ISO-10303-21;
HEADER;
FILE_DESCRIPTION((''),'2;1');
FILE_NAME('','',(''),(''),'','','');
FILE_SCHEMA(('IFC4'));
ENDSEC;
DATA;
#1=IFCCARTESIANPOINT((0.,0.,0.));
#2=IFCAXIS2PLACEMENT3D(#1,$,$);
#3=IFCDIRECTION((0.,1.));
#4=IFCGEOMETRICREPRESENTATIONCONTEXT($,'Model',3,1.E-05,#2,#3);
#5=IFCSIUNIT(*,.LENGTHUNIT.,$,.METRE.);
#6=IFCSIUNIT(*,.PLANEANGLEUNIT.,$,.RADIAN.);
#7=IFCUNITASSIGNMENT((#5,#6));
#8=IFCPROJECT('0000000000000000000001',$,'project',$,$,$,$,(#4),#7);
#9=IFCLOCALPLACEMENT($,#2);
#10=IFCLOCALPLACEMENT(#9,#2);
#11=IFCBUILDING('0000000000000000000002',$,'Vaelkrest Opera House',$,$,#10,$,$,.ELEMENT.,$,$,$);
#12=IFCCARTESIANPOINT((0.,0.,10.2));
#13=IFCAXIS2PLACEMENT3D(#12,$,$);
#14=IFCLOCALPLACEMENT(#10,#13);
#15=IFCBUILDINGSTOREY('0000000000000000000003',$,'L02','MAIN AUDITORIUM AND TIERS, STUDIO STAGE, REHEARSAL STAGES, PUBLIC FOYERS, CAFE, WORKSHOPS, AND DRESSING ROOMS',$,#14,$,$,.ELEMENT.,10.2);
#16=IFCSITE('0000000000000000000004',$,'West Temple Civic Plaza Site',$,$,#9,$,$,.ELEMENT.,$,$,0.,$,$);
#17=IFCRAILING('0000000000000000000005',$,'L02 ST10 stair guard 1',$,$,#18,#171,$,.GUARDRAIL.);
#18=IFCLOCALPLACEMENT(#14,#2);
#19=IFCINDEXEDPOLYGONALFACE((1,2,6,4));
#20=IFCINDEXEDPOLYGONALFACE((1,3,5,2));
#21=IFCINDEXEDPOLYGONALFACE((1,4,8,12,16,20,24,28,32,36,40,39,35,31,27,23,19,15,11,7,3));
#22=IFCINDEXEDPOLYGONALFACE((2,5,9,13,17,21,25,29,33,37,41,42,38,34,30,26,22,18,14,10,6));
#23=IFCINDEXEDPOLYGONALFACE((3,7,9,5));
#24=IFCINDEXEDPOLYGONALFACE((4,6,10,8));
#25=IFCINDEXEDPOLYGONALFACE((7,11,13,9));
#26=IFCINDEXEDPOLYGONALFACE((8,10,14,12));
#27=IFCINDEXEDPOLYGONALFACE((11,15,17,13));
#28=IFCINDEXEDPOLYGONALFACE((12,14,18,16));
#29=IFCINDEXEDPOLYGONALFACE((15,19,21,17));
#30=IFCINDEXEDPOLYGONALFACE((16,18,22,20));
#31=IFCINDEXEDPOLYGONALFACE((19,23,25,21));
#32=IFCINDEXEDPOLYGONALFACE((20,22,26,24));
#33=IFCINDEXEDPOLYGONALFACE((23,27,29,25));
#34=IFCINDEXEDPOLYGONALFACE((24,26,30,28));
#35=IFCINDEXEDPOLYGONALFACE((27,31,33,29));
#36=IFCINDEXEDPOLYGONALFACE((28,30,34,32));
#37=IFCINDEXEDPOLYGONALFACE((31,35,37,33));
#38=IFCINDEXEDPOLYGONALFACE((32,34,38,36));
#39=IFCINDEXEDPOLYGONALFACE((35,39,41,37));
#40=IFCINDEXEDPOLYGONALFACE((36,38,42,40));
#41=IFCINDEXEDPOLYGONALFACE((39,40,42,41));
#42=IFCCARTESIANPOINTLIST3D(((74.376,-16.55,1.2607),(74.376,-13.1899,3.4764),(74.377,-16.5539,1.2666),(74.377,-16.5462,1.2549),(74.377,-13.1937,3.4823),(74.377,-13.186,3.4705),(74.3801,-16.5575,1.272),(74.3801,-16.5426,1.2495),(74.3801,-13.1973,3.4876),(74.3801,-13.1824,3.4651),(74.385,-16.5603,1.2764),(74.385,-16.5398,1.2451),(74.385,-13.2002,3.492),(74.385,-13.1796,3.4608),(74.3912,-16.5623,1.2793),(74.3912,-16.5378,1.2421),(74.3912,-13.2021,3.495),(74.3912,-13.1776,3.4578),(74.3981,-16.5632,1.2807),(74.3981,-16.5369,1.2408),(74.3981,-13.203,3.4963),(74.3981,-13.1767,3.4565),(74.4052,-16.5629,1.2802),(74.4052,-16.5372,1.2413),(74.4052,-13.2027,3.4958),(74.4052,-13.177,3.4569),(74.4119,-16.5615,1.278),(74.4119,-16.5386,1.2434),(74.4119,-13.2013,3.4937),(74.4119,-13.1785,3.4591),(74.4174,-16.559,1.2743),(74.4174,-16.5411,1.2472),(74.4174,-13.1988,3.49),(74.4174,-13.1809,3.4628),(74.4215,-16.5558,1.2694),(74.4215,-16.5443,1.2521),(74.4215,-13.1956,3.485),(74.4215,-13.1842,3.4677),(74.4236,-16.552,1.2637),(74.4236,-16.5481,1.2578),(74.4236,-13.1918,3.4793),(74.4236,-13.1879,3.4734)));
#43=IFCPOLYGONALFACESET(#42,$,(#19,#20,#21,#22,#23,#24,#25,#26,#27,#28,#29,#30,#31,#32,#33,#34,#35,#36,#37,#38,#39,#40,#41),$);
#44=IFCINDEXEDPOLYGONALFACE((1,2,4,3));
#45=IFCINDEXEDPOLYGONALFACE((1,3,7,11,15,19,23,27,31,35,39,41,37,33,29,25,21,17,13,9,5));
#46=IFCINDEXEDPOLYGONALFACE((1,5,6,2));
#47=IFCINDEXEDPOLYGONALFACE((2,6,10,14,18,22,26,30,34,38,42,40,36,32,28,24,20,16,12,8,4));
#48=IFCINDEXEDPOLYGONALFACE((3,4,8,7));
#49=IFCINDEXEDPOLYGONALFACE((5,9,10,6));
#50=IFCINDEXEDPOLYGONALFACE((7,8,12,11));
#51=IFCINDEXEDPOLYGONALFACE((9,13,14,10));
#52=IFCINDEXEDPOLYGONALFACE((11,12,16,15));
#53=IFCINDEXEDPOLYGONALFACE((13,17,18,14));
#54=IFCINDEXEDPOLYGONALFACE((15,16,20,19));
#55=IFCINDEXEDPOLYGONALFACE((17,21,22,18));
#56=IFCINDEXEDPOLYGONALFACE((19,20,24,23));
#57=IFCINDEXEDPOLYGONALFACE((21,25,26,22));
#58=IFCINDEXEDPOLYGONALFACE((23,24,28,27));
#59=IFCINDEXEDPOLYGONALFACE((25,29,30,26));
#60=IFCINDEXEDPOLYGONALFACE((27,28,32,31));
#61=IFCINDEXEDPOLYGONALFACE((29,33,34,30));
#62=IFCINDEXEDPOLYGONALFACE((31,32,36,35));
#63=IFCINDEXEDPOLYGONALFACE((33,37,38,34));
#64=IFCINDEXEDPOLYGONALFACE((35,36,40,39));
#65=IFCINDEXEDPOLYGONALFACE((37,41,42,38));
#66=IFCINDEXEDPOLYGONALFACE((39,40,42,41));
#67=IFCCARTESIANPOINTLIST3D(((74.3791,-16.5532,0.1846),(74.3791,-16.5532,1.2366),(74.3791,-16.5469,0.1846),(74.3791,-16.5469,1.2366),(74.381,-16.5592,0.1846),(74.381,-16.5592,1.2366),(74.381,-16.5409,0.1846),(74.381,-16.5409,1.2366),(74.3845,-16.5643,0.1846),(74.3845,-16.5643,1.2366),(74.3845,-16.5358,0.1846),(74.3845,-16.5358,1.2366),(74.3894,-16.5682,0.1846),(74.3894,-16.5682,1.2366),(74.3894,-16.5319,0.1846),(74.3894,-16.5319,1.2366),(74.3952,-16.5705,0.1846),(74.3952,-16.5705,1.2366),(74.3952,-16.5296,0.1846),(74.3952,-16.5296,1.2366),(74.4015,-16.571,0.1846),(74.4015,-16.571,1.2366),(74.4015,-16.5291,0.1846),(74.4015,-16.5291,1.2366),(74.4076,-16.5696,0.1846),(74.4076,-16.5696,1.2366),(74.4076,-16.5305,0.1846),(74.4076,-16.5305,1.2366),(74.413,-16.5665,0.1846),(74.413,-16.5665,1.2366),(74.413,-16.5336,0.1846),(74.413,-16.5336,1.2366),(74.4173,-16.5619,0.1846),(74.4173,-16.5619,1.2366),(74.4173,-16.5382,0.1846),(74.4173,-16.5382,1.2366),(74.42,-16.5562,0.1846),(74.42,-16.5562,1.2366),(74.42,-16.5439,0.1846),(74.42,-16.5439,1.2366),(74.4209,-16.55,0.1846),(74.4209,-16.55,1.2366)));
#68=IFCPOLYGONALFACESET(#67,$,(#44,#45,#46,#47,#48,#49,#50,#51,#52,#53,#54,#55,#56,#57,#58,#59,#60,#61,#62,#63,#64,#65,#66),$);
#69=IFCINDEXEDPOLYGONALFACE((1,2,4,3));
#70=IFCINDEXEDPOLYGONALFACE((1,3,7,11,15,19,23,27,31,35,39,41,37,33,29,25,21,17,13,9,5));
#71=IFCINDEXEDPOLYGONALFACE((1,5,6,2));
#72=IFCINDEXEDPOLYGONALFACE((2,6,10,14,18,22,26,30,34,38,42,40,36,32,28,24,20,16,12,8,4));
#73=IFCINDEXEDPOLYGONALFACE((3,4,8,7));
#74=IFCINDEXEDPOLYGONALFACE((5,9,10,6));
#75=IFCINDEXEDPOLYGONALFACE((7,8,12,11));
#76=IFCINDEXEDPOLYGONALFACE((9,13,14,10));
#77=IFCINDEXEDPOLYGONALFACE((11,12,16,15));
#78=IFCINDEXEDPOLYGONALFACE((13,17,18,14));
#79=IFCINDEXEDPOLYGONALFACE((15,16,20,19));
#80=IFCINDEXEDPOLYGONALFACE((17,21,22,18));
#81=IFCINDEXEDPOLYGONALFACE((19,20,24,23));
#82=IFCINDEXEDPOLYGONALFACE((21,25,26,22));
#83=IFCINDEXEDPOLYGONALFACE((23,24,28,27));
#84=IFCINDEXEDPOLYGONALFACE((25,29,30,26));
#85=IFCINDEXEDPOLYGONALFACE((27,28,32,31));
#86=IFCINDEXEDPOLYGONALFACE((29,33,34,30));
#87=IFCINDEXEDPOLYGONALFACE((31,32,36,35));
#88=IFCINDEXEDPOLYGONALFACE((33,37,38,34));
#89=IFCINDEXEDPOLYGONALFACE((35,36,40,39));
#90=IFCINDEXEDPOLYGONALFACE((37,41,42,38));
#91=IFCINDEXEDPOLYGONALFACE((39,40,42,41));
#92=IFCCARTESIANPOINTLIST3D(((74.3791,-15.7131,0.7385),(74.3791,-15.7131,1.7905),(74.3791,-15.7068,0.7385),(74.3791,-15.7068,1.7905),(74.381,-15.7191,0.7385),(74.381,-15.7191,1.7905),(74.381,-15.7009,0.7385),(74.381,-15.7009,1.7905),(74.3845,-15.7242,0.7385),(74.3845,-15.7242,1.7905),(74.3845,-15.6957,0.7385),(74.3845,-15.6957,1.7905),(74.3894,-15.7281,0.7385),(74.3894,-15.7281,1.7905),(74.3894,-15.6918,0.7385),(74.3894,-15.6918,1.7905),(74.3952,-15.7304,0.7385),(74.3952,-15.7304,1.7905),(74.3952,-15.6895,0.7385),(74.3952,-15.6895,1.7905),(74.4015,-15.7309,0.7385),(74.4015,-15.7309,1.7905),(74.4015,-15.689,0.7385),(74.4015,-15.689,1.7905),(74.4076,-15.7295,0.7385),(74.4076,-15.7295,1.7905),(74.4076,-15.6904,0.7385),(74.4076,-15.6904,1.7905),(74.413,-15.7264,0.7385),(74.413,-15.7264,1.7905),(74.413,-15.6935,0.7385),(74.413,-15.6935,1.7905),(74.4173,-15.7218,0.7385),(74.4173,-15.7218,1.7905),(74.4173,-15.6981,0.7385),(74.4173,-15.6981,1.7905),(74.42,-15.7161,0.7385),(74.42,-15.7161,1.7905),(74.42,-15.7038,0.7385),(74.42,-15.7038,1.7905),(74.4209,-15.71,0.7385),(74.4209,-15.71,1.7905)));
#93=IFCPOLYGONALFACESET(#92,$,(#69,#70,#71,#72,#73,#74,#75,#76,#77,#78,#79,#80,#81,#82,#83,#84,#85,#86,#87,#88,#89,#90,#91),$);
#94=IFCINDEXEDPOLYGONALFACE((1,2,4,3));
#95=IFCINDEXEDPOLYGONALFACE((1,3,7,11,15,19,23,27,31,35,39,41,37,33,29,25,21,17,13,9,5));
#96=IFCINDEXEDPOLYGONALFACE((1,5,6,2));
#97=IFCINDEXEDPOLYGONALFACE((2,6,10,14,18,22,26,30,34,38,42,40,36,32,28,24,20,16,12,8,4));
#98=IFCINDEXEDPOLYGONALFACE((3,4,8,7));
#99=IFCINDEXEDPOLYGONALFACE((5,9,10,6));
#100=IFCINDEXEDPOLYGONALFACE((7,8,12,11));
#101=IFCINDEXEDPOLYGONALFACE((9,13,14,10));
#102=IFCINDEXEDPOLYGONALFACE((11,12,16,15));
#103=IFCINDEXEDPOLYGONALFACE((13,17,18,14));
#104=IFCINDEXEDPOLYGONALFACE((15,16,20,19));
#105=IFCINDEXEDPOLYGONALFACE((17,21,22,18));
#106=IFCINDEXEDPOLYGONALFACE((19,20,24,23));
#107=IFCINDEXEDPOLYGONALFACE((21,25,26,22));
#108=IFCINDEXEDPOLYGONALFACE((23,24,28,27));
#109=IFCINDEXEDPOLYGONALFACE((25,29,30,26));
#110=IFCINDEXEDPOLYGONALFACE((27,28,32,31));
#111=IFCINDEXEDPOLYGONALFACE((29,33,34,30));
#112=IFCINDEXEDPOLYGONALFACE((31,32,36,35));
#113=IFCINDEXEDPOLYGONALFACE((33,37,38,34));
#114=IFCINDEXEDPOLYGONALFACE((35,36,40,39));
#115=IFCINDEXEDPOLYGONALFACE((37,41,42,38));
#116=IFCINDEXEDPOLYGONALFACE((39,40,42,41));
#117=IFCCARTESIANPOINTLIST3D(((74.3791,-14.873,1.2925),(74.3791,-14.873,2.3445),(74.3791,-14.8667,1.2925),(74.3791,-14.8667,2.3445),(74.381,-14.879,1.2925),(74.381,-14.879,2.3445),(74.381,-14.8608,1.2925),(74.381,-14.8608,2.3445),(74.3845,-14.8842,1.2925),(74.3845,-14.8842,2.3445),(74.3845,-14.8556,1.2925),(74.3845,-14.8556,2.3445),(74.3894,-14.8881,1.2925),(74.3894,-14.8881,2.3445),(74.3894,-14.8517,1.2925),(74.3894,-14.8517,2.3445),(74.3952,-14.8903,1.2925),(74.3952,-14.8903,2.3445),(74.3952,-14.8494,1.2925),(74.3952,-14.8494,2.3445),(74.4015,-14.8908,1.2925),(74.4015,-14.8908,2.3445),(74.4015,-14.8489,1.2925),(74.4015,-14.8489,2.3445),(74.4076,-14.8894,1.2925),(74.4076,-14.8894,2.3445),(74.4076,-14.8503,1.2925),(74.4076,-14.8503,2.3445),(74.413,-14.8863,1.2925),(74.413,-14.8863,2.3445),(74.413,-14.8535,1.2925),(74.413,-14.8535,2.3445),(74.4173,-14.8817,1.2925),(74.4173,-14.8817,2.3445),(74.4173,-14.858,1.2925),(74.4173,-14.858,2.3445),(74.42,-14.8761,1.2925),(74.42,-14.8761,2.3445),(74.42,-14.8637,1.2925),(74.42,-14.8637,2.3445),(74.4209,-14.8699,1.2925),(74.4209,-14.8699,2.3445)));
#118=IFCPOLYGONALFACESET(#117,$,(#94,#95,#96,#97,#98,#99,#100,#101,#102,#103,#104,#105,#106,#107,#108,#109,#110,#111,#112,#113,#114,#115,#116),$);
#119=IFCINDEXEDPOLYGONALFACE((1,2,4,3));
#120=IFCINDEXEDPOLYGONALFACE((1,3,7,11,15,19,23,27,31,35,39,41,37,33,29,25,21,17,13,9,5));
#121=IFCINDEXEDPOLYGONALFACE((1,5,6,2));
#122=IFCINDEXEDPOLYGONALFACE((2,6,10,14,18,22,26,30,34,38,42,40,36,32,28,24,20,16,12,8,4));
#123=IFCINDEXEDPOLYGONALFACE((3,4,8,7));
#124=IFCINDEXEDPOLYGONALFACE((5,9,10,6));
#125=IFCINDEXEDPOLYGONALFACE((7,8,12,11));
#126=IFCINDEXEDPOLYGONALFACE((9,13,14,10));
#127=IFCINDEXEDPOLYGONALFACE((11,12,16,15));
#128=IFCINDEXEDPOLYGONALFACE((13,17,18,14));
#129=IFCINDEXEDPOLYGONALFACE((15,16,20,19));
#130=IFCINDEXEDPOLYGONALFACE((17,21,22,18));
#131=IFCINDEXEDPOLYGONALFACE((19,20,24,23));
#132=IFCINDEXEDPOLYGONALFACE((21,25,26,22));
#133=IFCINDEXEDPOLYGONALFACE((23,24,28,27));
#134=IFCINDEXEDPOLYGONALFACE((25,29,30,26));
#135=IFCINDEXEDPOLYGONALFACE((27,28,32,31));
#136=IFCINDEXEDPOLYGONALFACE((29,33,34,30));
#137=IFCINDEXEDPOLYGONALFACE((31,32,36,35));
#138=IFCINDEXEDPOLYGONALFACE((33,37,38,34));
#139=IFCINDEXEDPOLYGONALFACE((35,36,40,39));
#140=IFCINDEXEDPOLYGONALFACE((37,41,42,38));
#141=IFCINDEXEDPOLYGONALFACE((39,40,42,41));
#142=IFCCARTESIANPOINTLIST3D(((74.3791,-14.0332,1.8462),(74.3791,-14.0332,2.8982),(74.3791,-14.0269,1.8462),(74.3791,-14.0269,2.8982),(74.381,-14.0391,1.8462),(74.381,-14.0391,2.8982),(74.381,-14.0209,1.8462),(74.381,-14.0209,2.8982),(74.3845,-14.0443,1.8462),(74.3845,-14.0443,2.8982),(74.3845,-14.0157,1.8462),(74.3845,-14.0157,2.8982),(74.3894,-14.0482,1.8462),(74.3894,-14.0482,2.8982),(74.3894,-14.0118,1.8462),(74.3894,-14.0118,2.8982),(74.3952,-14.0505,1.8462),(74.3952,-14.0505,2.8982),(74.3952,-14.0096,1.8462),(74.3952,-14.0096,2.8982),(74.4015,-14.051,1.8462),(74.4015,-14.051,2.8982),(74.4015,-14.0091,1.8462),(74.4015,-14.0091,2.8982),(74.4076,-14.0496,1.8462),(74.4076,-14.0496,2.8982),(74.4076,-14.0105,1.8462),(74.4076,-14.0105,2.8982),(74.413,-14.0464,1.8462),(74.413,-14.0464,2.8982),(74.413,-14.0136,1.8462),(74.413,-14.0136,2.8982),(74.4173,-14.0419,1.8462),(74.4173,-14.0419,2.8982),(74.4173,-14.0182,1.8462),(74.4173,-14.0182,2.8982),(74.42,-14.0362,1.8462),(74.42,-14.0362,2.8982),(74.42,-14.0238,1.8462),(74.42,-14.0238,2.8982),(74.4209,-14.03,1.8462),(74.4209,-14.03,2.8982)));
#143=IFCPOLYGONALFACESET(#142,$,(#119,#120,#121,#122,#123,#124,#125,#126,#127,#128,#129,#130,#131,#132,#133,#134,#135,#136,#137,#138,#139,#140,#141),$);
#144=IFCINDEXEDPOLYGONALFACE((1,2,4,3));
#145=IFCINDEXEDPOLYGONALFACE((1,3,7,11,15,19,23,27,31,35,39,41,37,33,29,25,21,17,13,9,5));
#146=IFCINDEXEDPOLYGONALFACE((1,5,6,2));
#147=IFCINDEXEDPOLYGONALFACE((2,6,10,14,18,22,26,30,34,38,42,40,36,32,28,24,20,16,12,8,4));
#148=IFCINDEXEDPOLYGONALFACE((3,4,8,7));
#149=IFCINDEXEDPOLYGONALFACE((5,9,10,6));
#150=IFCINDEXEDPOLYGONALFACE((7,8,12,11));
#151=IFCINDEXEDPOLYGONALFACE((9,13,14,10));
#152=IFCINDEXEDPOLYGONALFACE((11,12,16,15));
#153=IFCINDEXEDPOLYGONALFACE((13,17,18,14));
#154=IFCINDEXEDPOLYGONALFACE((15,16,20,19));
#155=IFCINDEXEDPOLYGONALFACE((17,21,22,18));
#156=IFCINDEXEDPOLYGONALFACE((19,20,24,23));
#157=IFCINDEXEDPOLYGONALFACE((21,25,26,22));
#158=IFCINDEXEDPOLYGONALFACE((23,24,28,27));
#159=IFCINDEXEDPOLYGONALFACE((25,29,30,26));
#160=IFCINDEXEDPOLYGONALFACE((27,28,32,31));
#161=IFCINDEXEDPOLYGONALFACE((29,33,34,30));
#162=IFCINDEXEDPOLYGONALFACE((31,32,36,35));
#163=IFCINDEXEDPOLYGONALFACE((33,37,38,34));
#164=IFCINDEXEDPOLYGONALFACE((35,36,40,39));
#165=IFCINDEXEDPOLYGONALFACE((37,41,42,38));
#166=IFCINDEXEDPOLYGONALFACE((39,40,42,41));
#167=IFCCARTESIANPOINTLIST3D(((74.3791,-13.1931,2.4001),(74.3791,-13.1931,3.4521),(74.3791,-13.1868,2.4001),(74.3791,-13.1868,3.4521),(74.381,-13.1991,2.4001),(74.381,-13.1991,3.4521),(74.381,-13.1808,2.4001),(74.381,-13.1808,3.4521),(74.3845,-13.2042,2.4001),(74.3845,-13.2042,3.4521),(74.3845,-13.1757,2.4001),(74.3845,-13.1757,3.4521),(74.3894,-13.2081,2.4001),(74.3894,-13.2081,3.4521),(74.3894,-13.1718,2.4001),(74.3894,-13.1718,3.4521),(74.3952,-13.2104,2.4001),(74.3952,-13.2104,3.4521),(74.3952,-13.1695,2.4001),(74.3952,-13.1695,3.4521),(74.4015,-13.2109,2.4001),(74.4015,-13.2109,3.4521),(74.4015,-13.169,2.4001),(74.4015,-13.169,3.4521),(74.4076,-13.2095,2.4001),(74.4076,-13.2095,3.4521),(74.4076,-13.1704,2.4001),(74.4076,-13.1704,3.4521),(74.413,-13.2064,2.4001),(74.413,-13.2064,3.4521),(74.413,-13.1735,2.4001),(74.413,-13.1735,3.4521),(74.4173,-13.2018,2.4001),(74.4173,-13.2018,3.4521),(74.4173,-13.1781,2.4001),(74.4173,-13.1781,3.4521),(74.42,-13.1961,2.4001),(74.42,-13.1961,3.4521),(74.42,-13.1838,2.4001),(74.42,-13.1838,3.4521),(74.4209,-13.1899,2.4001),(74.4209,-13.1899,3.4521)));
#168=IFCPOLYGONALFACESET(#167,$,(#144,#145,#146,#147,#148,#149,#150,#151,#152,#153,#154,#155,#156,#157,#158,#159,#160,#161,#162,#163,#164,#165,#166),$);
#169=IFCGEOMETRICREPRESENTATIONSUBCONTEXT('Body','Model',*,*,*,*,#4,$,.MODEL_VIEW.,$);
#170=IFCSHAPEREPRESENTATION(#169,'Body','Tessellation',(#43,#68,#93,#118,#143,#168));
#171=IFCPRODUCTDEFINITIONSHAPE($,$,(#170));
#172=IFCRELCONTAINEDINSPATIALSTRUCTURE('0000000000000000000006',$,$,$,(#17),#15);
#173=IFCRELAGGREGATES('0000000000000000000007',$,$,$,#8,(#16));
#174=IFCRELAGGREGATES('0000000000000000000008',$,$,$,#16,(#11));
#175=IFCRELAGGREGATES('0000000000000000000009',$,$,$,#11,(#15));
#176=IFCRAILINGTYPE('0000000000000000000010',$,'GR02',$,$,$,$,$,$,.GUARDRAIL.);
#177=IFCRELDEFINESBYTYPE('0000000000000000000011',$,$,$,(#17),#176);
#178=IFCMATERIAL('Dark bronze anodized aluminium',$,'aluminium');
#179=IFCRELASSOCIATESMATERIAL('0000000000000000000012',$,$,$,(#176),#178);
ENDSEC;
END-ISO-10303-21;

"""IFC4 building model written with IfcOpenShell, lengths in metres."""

from ifc_helpers import new_model, si_unit, direction, frame, origin, origin_2d, place, context, subcontext, project, spatial, circle, extrude, material, type_object, element, save


model = new_model("IFC4")

# Units and contexts
model_context = context("Model", 3, precision=1e-05, world=origin(), true_north=direction((0.0, 1.0)))
body_context = subcontext(model_context, "Body", "Model", "MODEL_VIEW")
ifc_project = project(units=[si_unit("LENGTHUNIT", "METRE"), si_unit("PLANEANGLEUNIT", "RADIAN")], contexts=[model_context])

# Site, building, storey
site_placement = place(None, origin())
site = spatial("IfcSite", under=ifc_project, at=site_placement, Name="West Temple Civic Plaza Site", CompositionType="ELEMENT", RefElevation=0.0)
building_placement = place(site_placement, origin())
building = spatial("IfcBuilding", under=site, at=building_placement, Name="Vaelkrest Opera House", CompositionType="ELEMENT")
storey_placement = place(building_placement, frame((0.0, 0.0, 10.2)))
storey = spatial("IfcBuildingStorey", under=building, at=storey_placement, Name="L02", Description="MAIN AUDITORIUM AND TIERS, STUDIO STAGE, REHEARSAL STAGES, PUBLIC FOYERS, CAFE, WORKSHOPS, AND DRESSING ROOMS", CompositionType="ELEMENT", Elevation=10.2)

# Railing
ifc_material_1 = material(Name="Dark bronze anodized aluminium", Category="aluminium")
railing_type_1 = type_object("IfcRailingType", Name="GR02", PredefinedType="GUARDRAIL", material=ifc_material_1)
railing_1_placement = place(storey_placement, frame((74.3999, -16.55, 0.1846)))
element("IfcRailing", 1, at=railing_1_placement, inside=storey, type_object=railing_type_1, Name="L02 ST10 stair guard 1", PredefinedType="GUARDRAIL", context=body_context, shape_type="SweptSolid", body=[
    extrude(circle(Radius=0.0239, at=origin_2d()), frame((0.0, 0.0, 1.0762), z_axis=(0.0, 0.834849, 0.55048), x_axis=(-1.0, 0.0, 0.0)), (0.0, 0.0, 1.0), 4.0249),
    extrude(circle(Radius=0.021, at=origin_2d()), origin(), (0.0, 0.0, 1.0), 1.052),
    extrude(circle(Radius=0.021, at=origin_2d()), frame((0.0, 0.8401, 0.554)), (0.0, 0.0, 1.0), 1.052),
    extrude(circle(Radius=0.021, at=origin_2d()), frame((0.0, 1.6802, 1.1079)), (0.0, 0.0, 1.0), 1.052),
    extrude(circle(Radius=0.021, at=origin_2d()), frame((0.0, 2.52, 1.6616)), (0.0, 0.0, 1.0), 1.052),
    extrude(circle(Radius=0.021, at=origin_2d()), frame((0.0, 3.3601, 2.2156)), (0.0, 0.0, 1.0), 1.052),
])

save(model, "model.ifc")
